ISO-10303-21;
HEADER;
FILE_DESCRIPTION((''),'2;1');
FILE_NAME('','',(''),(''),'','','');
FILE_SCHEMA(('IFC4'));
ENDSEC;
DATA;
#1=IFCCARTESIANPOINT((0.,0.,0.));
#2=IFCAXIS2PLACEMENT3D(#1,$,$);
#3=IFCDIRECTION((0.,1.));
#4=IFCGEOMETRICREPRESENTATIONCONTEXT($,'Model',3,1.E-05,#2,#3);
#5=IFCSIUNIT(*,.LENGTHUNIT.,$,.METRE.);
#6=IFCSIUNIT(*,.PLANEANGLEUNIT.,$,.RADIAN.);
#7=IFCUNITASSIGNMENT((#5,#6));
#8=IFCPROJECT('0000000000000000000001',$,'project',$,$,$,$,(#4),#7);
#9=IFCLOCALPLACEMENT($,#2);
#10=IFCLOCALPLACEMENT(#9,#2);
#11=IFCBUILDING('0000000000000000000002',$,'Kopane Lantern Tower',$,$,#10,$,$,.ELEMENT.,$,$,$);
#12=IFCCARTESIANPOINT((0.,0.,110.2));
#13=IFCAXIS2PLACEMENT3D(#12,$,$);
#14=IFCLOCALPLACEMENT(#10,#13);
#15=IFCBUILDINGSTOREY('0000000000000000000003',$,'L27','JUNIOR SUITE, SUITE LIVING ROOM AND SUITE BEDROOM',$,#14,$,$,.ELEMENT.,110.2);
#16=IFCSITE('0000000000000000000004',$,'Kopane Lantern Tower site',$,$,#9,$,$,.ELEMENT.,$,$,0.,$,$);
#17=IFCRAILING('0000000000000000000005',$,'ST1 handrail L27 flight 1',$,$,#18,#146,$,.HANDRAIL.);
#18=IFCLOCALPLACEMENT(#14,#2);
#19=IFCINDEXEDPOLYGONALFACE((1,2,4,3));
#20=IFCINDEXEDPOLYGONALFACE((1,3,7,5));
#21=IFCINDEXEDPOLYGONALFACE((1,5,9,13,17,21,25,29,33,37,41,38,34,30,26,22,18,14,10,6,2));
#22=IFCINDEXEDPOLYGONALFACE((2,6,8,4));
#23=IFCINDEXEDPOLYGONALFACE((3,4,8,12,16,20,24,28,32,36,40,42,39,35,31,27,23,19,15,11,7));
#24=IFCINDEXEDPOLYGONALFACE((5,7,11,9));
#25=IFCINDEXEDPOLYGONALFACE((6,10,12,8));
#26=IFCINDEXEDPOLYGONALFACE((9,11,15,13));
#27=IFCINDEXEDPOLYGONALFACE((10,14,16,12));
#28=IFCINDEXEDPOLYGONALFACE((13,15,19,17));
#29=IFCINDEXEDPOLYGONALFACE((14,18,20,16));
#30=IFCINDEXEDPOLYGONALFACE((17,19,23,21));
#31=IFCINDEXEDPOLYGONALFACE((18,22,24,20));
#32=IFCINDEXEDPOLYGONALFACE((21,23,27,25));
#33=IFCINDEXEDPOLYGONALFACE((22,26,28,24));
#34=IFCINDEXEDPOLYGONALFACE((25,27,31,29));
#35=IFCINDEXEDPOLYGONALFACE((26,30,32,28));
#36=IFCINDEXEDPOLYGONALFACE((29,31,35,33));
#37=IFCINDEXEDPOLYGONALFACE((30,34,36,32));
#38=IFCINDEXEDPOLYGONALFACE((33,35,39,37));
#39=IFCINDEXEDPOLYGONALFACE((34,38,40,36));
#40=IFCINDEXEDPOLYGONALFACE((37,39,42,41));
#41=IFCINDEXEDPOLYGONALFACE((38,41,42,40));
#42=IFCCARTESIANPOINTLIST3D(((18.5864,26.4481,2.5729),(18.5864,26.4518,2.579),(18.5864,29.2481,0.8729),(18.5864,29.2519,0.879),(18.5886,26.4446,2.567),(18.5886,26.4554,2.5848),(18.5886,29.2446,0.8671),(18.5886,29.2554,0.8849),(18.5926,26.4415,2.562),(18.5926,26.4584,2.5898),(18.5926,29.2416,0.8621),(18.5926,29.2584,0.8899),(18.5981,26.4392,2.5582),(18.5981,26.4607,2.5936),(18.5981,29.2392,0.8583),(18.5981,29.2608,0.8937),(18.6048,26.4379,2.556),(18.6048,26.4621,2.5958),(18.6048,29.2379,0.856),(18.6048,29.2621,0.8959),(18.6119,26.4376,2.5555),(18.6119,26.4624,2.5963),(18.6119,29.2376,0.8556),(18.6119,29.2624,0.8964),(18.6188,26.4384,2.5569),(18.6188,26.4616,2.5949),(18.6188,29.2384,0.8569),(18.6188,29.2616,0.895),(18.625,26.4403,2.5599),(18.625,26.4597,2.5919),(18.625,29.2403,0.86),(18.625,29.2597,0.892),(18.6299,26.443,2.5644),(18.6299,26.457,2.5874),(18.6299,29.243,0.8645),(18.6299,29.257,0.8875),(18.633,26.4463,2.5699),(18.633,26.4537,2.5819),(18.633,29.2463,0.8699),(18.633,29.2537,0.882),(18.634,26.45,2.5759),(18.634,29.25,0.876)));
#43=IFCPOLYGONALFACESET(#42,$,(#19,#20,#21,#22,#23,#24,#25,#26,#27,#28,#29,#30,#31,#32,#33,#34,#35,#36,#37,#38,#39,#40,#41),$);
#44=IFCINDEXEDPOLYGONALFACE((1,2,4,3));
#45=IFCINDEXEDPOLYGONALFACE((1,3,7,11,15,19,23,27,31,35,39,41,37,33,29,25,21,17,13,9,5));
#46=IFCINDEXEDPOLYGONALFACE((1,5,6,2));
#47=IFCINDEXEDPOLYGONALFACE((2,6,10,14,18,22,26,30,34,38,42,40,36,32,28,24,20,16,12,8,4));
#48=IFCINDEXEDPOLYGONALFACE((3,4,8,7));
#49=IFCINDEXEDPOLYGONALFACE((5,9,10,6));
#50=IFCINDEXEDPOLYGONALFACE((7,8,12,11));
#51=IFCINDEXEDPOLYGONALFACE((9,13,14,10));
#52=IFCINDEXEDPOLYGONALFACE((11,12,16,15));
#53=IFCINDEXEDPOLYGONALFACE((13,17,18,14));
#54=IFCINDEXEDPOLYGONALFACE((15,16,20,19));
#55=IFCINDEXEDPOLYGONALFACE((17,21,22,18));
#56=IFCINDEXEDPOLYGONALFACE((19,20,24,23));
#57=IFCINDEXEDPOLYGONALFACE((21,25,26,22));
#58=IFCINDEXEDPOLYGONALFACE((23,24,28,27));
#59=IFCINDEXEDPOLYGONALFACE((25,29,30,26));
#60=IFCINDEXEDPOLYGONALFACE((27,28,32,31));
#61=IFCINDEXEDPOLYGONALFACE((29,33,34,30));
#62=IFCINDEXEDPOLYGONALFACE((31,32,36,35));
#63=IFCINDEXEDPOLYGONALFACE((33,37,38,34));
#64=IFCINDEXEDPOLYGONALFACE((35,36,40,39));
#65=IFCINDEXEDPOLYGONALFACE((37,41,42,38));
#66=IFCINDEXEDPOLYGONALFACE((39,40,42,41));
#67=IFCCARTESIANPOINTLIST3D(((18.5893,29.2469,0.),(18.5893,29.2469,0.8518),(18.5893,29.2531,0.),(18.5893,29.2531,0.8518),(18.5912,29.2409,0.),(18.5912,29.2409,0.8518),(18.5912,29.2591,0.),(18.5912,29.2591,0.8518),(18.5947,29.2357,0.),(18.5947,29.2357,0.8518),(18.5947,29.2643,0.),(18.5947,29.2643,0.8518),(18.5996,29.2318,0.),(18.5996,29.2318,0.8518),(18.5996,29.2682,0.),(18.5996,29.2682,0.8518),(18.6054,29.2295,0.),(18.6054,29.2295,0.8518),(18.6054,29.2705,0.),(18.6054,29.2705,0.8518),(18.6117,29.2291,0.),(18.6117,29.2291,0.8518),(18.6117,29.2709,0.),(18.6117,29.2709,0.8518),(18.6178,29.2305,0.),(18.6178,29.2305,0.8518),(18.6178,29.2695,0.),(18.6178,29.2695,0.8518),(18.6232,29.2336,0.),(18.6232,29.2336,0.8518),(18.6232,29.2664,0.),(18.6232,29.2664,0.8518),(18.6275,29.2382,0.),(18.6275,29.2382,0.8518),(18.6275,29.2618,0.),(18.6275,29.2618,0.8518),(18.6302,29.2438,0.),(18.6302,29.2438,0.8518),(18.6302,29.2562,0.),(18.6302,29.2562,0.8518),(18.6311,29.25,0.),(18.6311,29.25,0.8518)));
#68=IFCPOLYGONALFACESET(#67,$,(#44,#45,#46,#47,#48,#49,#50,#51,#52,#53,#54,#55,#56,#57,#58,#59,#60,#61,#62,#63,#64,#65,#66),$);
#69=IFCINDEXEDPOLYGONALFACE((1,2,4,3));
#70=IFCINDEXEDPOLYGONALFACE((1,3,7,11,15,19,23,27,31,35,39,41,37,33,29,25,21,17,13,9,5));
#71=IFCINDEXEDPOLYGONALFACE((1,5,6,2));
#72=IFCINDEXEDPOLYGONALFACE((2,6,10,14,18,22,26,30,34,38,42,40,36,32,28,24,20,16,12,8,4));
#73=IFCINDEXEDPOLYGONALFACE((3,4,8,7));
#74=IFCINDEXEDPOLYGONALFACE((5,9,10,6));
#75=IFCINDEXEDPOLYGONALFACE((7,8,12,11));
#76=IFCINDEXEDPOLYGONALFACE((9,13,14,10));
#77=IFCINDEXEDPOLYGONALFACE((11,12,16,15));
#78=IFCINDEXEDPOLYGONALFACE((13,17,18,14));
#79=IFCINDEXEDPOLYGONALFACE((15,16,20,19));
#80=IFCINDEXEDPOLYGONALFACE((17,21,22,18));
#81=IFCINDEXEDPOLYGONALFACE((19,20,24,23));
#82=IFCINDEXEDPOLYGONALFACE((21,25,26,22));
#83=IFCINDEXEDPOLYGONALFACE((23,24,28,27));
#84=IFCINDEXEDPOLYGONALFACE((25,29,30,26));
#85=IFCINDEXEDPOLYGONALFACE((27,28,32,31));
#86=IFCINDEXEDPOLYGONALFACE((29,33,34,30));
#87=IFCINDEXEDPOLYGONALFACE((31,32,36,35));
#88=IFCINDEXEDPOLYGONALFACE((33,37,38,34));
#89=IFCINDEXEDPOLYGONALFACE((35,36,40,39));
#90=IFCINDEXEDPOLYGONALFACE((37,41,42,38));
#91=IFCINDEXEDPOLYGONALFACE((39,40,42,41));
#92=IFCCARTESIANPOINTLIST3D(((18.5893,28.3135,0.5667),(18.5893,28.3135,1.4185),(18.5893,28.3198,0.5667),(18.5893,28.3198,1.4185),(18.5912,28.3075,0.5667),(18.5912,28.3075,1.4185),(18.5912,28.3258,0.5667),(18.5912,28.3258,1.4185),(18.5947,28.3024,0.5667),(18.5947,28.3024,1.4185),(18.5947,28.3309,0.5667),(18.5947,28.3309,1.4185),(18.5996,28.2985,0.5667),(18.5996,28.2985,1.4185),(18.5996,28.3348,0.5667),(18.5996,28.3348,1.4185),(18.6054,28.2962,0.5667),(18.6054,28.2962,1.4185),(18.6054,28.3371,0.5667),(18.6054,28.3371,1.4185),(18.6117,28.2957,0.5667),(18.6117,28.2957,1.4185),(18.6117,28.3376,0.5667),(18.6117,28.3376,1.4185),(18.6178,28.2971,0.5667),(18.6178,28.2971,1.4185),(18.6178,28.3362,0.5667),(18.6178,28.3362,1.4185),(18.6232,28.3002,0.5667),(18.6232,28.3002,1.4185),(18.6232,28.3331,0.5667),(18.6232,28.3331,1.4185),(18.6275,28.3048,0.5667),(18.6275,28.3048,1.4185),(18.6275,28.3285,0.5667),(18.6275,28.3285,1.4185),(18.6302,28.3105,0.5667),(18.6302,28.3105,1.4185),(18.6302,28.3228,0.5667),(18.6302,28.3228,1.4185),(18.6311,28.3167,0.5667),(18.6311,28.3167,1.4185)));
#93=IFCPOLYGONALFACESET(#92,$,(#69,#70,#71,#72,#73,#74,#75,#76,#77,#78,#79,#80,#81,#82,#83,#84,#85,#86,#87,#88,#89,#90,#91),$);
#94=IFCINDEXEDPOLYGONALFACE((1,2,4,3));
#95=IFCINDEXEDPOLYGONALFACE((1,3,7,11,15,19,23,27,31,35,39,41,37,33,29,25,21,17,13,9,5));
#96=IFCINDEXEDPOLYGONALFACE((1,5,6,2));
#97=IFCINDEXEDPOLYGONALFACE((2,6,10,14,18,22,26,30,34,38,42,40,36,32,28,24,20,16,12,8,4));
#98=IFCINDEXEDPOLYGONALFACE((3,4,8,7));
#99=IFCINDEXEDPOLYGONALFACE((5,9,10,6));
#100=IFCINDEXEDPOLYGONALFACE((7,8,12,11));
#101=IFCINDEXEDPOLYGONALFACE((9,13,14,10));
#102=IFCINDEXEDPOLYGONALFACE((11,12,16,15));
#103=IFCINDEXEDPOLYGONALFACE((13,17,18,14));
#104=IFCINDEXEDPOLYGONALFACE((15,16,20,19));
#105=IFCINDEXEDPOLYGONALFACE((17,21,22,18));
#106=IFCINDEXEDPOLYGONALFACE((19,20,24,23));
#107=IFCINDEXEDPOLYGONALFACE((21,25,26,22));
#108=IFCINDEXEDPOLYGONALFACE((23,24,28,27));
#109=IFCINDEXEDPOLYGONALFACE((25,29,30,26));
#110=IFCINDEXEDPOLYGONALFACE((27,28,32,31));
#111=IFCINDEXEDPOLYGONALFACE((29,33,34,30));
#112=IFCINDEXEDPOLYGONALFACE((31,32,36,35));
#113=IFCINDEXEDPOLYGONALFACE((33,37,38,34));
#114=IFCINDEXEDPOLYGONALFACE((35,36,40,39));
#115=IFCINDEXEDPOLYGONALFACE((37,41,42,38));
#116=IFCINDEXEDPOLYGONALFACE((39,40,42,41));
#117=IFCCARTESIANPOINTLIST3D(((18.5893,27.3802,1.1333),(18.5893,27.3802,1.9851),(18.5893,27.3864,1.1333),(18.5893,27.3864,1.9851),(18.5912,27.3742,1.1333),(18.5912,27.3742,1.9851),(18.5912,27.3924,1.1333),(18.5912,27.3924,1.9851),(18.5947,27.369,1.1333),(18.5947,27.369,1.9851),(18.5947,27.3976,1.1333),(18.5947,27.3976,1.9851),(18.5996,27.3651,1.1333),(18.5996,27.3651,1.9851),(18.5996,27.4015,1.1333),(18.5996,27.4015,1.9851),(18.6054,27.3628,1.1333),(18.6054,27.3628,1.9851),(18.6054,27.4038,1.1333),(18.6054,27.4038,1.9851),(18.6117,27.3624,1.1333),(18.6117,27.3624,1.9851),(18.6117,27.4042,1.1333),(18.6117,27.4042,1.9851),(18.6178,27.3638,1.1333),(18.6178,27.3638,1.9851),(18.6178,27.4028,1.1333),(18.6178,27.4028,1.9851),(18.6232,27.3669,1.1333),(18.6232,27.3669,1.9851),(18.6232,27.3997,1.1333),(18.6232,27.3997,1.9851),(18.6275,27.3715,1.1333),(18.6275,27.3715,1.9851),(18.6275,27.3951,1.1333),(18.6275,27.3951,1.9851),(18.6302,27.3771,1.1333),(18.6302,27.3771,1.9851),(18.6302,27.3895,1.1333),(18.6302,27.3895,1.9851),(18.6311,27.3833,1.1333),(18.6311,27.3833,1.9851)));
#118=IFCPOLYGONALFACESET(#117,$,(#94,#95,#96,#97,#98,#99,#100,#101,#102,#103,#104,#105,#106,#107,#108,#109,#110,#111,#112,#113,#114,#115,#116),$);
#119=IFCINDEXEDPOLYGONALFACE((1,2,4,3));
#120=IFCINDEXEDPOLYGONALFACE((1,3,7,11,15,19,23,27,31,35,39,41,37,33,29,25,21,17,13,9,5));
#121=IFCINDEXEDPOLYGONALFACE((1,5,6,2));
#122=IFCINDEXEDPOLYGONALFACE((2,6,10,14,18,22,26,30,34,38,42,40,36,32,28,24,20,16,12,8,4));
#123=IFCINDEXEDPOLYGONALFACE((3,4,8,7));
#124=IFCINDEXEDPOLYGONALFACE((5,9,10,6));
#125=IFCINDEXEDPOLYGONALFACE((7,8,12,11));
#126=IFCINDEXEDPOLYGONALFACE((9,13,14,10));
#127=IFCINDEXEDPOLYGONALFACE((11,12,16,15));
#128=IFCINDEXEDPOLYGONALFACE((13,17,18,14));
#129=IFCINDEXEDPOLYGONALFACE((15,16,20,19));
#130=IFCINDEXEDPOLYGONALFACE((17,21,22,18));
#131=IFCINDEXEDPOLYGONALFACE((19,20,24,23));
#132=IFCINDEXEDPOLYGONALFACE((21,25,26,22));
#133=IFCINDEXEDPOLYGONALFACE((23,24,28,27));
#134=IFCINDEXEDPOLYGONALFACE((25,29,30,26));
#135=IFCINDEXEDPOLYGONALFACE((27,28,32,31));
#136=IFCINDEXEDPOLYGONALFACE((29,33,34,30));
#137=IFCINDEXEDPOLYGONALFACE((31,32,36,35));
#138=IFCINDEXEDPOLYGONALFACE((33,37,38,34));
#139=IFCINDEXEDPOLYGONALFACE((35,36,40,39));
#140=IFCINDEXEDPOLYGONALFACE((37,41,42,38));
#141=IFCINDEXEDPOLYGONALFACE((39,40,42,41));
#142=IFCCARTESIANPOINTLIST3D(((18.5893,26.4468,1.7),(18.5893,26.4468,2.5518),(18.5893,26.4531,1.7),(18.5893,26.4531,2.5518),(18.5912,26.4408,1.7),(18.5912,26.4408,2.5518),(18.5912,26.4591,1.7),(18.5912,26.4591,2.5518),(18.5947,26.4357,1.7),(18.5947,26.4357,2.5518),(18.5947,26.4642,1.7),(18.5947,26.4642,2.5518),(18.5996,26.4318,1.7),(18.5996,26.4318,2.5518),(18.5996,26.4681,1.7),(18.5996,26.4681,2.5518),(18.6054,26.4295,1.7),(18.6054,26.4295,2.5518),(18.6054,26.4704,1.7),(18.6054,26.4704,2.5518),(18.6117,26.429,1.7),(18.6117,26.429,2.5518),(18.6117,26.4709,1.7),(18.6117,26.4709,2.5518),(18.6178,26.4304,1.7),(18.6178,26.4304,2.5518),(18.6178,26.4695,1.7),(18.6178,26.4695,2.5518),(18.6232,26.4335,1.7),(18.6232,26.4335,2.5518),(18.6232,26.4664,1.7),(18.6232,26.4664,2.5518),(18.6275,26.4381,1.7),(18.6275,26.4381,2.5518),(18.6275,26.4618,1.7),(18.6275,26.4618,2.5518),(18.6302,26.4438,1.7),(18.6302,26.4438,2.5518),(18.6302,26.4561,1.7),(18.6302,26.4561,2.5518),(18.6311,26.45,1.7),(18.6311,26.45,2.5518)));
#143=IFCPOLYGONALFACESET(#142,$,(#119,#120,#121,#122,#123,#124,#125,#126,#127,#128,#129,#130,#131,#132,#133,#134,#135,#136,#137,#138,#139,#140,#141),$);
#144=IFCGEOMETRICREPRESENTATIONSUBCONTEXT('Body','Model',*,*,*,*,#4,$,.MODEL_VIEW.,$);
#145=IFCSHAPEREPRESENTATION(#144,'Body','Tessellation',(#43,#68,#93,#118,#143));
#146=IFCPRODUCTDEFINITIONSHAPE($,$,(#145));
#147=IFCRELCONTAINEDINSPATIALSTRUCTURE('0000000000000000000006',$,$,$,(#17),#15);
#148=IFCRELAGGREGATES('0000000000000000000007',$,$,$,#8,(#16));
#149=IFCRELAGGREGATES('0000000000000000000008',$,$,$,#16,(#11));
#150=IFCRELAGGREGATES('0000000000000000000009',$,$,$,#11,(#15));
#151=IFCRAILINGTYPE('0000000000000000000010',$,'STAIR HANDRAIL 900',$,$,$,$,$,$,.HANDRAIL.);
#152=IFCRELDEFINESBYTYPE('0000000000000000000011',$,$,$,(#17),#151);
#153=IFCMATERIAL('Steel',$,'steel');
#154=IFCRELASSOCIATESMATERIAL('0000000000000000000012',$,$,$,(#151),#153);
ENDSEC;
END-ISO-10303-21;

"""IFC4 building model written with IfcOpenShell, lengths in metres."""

from ifc_helpers import new_model, si_unit, direction, frame, origin, origin_2d, place, context, subcontext, project, spatial, circle, extrude, material, type_object, element, save


model = new_model("IFC4")

# Units and contexts
model_context = context("Model", 3, precision=1e-05, world=origin(), true_north=direction((0.0, 1.0)))
body_context = subcontext(model_context, "Body", "Model", "MODEL_VIEW")
ifc_project = project(units=[si_unit("LENGTHUNIT", "METRE"), si_unit("PLANEANGLEUNIT", "RADIAN")], contexts=[model_context])

# Site, building, storey
site_placement = place(None, origin())
site = spatial("IfcSite", under=ifc_project, at=site_placement, Name="Kopane Lantern Tower site", CompositionType="ELEMENT", RefElevation=0.0)
building_placement = place(site_placement, origin())
building = spatial("IfcBuilding", under=site, at=building_placement, Name="Kopane Lantern Tower", CompositionType="ELEMENT")
storey_placement = place(building_placement, frame((0.0, 0.0, 110.2)))
storey = spatial("IfcBuildingStorey", under=building, at=storey_placement, Name="L27", Description="JUNIOR SUITE, SUITE LIVING ROOM AND SUITE BEDROOM", CompositionType="ELEMENT", Elevation=110.2)

# Railing
ifc_material_1 = material(Name="Steel", Category="steel")
railing_type_1 = type_object("IfcRailingType", Name="STAIR HANDRAIL 900", PredefinedType="HANDRAIL", material=ifc_material_1)
for number, where, name in (
    (1, (18.6101, 29.25, 0.0), "ST1 handrail L27 flight 1"),
):
    element("IfcRailing", number, at=place(storey_placement, frame(where)), inside=storey, type_object=railing_type_1, Name=name, PredefinedType="HANDRAIL", context=body_context, shape_type="SweptSolid", body=[
        extrude(circle(Radius=0.0239, at=origin_2d()), frame((0.0, 0.0, 0.876), z_axis=(0.0, -0.854798, 0.518961), x_axis=(1.0, 0.0, 0.0)), (0.0, 0.0, 1.0), 3.2756),
        extrude(circle(Radius=0.021, at=origin_2d()), origin(), (0.0, 0.0, 1.0), 0.8518),
        extrude(circle(Radius=0.021, at=origin_2d()), frame((0.0, -0.9333, 0.5667)), (0.0, 0.0, 1.0), 0.8518),
        extrude(circle(Radius=0.021, at=origin_2d()), frame((0.0, -1.8667, 1.1333)), (0.0, 0.0, 1.0), 0.8518),
        extrude(circle(Radius=0.021, at=origin_2d()), frame((0.0, -2.8, 1.7)), (0.0, 0.0, 1.0), 0.8518),
    ])

save(model, "model.ifc")
